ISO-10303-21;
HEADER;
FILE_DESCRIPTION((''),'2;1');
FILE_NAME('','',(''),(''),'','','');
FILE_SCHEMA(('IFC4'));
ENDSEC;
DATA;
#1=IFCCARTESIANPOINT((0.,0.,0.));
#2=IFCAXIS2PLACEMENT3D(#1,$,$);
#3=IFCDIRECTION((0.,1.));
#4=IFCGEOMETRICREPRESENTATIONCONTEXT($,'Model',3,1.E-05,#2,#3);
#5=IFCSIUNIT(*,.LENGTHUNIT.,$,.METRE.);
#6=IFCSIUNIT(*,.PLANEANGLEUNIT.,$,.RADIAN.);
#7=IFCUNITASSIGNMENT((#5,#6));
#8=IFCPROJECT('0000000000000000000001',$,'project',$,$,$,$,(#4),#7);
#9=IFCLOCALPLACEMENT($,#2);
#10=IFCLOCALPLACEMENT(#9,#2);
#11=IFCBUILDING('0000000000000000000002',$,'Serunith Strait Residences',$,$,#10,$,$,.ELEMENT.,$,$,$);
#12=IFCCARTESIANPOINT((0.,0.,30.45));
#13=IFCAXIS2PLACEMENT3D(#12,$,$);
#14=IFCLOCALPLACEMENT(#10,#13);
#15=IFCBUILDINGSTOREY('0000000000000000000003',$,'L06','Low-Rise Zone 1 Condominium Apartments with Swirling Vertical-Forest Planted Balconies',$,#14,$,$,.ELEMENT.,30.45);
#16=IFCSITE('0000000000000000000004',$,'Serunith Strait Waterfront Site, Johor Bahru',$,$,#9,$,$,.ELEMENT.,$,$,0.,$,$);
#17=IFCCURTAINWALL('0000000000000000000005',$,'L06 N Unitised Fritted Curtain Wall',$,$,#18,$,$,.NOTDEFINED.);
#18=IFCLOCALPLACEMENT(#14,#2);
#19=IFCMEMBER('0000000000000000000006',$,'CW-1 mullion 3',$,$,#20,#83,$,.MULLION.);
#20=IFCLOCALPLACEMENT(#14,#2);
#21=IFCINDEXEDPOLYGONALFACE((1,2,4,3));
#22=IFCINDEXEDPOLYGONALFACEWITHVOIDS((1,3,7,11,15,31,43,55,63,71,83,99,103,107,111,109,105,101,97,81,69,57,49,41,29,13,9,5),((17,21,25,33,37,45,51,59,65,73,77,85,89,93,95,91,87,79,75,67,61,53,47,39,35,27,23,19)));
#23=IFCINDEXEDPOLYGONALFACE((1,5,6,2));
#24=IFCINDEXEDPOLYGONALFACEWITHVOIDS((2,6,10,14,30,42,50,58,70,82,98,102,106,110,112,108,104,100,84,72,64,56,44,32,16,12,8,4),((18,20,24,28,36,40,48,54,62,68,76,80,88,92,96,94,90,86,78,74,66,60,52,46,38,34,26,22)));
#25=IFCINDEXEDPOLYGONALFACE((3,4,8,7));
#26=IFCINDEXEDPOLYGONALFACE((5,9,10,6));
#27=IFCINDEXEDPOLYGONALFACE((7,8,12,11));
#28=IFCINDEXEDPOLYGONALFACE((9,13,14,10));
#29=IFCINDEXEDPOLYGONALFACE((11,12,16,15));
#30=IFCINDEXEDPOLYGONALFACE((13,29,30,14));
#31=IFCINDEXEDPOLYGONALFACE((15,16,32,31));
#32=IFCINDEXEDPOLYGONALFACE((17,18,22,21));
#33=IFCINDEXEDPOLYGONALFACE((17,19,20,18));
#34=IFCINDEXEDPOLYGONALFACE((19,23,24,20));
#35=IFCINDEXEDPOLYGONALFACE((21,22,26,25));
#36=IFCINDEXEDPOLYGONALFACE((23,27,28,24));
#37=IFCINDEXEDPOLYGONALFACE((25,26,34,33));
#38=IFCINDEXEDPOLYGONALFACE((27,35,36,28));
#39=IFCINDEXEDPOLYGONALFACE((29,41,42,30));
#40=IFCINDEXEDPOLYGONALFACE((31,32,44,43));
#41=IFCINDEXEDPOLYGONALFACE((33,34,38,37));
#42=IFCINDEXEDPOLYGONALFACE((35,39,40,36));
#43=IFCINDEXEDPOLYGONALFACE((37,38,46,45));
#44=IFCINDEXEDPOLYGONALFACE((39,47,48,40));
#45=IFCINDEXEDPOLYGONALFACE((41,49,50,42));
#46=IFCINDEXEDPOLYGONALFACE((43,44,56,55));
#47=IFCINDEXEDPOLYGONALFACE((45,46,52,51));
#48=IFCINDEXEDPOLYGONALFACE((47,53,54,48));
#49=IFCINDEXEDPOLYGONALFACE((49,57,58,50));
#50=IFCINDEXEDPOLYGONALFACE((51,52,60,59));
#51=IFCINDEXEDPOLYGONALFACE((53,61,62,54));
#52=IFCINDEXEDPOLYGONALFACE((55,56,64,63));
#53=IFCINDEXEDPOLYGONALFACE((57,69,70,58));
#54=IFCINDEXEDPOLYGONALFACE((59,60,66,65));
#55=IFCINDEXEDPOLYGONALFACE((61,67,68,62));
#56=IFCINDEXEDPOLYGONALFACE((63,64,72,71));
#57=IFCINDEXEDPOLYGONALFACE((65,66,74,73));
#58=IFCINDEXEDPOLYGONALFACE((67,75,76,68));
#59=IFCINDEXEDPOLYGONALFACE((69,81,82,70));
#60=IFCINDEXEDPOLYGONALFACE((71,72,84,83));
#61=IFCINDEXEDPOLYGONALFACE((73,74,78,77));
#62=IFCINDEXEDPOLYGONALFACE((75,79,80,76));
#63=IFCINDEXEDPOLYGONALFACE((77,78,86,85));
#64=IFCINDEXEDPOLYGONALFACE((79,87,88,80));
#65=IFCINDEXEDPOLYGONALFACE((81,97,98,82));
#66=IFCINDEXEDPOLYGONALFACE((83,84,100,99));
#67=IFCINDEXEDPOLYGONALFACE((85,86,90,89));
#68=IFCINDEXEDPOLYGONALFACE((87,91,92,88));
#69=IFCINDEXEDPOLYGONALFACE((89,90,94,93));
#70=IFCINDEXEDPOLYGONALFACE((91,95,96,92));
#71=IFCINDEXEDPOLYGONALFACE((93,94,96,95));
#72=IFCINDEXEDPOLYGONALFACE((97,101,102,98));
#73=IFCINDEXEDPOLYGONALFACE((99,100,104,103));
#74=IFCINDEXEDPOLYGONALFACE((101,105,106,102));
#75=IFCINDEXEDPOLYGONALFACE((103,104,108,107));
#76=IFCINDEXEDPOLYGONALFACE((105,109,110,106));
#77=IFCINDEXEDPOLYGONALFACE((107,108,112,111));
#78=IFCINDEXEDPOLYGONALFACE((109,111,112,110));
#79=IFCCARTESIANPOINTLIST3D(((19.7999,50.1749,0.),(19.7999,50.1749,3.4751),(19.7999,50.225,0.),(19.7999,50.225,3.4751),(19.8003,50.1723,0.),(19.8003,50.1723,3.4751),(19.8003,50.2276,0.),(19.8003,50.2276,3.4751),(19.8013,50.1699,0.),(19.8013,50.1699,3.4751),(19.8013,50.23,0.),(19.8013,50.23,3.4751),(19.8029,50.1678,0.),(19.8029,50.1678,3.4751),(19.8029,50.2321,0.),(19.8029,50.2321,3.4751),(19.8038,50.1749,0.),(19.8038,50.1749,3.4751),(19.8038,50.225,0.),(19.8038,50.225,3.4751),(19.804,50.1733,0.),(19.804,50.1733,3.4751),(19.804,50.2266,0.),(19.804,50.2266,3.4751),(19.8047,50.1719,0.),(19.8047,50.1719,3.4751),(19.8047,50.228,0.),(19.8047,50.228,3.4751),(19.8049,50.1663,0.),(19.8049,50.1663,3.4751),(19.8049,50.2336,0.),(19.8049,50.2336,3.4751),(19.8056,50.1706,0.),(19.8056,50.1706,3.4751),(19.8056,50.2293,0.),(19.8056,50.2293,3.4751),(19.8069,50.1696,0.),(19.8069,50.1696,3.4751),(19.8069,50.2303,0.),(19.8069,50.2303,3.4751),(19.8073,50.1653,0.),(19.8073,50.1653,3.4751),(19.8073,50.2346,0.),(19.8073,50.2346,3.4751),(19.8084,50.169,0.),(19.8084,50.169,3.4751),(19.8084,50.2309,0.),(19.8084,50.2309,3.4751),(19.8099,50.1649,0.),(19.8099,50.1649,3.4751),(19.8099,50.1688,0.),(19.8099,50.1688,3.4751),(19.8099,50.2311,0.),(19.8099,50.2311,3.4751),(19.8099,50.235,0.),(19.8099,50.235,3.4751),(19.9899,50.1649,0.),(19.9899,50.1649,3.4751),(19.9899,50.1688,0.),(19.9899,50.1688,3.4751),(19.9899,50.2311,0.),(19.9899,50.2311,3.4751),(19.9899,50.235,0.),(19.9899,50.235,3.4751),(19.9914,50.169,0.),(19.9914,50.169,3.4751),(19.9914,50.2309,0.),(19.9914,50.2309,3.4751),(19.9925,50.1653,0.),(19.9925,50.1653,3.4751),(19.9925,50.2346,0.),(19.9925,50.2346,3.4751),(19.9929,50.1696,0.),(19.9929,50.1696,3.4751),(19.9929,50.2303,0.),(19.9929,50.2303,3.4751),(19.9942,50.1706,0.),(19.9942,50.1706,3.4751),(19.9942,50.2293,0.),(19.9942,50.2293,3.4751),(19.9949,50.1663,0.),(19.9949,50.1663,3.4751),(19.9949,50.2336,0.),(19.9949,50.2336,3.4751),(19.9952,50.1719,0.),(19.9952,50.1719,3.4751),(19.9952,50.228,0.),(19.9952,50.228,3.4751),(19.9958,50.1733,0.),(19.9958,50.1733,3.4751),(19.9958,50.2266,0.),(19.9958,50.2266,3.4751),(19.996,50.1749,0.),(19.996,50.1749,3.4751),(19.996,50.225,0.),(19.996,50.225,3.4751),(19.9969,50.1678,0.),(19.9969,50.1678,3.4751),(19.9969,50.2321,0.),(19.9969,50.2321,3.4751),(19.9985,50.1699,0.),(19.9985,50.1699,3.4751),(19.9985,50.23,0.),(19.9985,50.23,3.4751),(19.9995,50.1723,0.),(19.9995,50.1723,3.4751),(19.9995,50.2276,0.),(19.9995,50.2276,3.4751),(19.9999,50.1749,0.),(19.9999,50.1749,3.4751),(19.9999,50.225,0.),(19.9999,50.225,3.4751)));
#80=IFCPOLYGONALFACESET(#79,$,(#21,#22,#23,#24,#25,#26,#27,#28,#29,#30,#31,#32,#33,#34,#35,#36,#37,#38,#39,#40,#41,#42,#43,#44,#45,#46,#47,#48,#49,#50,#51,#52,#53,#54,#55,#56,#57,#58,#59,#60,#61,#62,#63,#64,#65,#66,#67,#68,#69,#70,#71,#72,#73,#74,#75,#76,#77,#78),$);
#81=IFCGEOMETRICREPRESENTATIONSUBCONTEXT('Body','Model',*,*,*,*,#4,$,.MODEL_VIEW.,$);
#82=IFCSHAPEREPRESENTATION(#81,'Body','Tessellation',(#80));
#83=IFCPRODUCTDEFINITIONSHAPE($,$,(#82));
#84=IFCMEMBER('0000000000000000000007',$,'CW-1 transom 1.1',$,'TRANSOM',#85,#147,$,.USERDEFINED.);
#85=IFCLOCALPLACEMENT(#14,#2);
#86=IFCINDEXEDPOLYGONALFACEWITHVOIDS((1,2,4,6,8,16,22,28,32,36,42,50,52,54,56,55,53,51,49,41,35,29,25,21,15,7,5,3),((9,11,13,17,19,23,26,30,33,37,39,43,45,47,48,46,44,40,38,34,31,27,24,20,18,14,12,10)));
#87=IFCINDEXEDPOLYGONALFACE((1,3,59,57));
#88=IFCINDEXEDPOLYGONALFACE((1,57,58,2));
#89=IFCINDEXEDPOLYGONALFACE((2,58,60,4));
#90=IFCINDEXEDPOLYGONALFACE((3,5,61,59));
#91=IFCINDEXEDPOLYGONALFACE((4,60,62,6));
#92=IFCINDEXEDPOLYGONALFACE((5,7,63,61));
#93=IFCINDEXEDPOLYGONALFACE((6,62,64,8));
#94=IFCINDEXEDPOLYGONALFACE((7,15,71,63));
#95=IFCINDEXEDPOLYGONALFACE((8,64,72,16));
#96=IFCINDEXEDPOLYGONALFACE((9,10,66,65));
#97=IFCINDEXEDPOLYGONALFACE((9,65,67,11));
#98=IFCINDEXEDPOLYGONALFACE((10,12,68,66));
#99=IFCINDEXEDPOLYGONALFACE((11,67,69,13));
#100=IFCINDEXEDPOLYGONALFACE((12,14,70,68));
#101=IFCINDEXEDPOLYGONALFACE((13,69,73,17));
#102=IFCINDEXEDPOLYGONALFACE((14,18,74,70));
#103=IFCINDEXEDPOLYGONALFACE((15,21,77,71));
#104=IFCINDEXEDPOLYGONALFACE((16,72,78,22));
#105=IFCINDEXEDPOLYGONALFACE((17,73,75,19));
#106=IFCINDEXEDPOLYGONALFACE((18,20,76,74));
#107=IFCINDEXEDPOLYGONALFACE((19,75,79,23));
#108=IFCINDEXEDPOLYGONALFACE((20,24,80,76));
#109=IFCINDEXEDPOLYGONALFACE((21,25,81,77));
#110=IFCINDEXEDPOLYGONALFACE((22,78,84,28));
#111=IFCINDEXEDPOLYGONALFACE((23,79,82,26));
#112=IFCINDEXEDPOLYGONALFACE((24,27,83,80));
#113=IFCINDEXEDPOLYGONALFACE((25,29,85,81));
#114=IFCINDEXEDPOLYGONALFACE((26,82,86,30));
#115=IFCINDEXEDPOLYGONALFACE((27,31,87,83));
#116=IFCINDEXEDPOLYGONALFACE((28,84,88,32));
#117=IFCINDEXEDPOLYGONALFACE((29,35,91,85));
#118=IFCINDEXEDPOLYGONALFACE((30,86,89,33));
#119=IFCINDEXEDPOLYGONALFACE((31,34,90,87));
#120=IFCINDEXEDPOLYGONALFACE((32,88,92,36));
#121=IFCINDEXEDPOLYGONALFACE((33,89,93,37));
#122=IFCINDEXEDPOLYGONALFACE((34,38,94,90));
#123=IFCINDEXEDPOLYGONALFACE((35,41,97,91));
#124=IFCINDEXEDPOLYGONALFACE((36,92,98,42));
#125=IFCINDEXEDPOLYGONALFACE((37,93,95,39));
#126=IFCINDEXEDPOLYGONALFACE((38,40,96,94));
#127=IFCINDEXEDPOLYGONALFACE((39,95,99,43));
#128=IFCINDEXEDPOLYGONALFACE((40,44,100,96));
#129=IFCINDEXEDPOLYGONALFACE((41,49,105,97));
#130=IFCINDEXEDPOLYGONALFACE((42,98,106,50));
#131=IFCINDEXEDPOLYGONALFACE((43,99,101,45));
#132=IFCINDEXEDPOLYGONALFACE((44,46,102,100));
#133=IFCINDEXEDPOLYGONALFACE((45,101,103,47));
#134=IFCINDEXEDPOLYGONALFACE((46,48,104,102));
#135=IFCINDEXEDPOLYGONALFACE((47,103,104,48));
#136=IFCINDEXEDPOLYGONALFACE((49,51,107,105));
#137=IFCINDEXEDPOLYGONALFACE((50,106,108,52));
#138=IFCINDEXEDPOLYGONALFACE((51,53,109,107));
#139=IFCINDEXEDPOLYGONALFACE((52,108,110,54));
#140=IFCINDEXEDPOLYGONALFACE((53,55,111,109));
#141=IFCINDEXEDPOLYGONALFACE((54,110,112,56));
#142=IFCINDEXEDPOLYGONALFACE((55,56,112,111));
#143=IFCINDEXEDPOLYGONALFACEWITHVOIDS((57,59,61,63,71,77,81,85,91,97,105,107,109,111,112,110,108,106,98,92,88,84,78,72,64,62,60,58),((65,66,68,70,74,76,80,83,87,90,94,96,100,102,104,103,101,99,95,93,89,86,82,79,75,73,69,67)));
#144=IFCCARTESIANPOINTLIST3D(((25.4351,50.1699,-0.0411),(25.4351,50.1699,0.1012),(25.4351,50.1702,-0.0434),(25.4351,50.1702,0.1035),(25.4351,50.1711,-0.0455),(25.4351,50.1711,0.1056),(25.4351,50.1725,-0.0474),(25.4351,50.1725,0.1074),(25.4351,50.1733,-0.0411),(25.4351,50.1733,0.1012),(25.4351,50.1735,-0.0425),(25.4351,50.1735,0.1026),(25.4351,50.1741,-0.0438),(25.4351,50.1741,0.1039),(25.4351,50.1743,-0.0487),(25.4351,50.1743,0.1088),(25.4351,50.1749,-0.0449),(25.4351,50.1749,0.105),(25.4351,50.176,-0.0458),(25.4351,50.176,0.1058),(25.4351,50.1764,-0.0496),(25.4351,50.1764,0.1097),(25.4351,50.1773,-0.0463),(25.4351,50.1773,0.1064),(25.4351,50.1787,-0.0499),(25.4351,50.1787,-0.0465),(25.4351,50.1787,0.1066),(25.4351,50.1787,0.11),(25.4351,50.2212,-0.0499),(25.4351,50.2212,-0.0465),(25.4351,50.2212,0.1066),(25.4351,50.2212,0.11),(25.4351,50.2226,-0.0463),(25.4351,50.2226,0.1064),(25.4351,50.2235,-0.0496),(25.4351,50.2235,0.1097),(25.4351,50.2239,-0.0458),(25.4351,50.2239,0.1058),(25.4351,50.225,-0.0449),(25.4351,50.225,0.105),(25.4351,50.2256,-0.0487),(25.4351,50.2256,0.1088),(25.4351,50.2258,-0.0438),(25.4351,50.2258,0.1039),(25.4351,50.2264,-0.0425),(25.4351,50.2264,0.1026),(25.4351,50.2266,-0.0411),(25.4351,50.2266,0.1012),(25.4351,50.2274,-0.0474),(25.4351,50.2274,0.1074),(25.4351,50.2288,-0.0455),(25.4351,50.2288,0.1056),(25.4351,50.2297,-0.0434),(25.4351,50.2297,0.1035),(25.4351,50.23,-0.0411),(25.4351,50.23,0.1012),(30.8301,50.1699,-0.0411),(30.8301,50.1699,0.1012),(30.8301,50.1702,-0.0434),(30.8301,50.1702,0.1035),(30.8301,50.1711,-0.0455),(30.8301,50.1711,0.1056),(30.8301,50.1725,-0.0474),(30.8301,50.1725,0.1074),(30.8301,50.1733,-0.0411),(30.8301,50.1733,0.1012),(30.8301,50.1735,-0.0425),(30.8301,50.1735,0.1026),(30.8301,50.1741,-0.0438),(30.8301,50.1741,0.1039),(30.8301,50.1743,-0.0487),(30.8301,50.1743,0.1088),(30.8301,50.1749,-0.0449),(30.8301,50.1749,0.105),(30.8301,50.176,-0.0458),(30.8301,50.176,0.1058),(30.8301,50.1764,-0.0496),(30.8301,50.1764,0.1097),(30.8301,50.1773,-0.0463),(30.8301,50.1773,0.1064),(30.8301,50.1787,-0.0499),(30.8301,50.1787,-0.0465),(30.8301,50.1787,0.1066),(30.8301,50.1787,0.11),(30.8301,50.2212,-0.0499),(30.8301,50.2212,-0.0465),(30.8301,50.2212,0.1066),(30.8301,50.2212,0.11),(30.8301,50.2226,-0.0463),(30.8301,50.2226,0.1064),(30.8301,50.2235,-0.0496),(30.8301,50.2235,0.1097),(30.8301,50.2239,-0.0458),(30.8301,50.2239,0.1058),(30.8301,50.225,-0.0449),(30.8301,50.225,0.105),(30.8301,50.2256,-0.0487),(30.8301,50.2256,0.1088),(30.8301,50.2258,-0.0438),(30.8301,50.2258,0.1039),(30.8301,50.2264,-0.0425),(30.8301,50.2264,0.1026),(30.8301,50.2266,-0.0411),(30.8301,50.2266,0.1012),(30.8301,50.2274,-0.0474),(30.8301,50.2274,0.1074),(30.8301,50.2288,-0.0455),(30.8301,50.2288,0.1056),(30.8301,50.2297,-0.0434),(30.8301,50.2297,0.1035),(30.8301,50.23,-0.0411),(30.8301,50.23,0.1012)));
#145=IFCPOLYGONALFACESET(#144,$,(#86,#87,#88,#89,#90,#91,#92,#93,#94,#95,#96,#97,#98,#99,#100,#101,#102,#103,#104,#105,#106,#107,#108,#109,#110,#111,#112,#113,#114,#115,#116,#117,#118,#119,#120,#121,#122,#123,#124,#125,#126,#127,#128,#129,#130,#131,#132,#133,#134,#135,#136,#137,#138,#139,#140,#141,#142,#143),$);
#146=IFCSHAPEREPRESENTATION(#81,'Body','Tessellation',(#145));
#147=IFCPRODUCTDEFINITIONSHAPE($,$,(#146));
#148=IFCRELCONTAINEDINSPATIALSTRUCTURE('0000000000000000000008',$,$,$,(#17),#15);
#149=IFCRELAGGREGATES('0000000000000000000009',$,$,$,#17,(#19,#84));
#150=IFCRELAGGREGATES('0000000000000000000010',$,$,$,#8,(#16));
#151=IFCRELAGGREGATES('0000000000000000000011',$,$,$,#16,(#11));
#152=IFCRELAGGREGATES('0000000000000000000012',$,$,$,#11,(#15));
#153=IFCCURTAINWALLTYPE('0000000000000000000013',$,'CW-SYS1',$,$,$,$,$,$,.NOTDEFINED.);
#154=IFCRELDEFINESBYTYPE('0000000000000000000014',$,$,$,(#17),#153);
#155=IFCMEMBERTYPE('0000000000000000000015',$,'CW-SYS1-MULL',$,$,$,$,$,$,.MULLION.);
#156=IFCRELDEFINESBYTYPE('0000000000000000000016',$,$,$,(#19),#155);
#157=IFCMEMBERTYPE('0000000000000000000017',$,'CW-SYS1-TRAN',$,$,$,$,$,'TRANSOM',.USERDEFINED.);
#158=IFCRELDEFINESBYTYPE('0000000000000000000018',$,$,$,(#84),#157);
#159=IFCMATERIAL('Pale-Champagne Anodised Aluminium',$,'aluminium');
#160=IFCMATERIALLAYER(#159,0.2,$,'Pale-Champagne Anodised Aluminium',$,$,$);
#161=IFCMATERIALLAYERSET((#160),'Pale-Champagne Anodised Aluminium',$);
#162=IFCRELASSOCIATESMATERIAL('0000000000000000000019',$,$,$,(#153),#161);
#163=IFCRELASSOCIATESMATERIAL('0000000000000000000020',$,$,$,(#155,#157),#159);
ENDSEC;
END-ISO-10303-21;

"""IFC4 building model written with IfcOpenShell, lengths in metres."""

from ifc_helpers import new_model, si_unit, direction, frame, origin, origin_2d, place, context, subcontext, project, spatial, hollow_rectangle, extrude, source, transform, mapped, material, layer, layer_set, material_profile, profile_set, type_object, element, aggregate, save


model = new_model("IFC4")

# Units and contexts
model_context = context("Model", 3, precision=1e-05, world=origin(), true_north=direction((0.0, 1.0)))
body_context = subcontext(model_context, "Body", "Model", "MODEL_VIEW")
ifc_project = project(units=[si_unit("LENGTHUNIT", "METRE"), si_unit("PLANEANGLEUNIT", "RADIAN")], contexts=[model_context])

# Site, building, storey
site_placement = place(None, origin())
site = spatial("IfcSite", under=ifc_project, at=site_placement, Name="Serunith Strait Waterfront Site, Johor Bahru", CompositionType="ELEMENT", RefElevation=0.0)
building_placement = place(site_placement, origin())
building = spatial("IfcBuilding", under=site, at=building_placement, Name="Serunith Strait Residences", CompositionType="ELEMENT")
storey_placement = place(building_placement, frame((0.0, 0.0, 30.45)))
storey = spatial("IfcBuildingStorey", under=building, at=storey_placement, Name="L06", Description="Low-Rise Zone 1 Condominium Apartments with Swirling Vertical-Forest Planted Balconies", CompositionType="ELEMENT", Elevation=30.45)

# Curtain wall, members
ifc_material_1 = material(Name="Pale-Champagne Anodised Aluminium", Category="aluminium")
ifc_layer_1 = layer(ifc_material_1, 0.2, Name="Pale-Champagne Anodised Aluminium")
ifc_layer_set_1 = layer_set([ifc_layer_1], Name="Pale-Champagne Anodised Aluminium")
curtain_wall_type = type_object("IfcCurtainWallType", Name="CW-SYS1", PredefinedType="NOTDEFINED", material=ifc_layer_set_1)
curtain_wall_placement = place(storey_placement, origin())
curtain_wall = element("IfcCurtainWall", 1, at=curtain_wall_placement, inside=storey, type_object=curtain_wall_type, Name="L06 N Unitised Fritted Curtain Wall", PredefinedType="NOTDEFINED")
ifc_material_profile_1 = material_profile(ifc_material_1, hollow_rectangle(XDim=0.0701, YDim=0.2, WallThickness=0.0039, InnerFilletRadius=0.0061, OuterFilletRadius=0.01, at=origin_2d()), Name="ALU 200x70x4")
ifc_profile_set_1 = profile_set([ifc_material_profile_1], Name="Pale-Champagne Anodised Aluminium")
member_type_1 = type_object("IfcMemberType", Name="CW-SYS1-MULL", PredefinedType="MULLION", material=ifc_profile_set_1)
shared_shape_1 = source(origin(), body_context, "Body", "SweptSolid", [
    extrude(hollow_rectangle(XDim=0.0701, YDim=0.2, WallThickness=0.0039, InnerFilletRadius=0.0061, OuterFilletRadius=0.01, at=origin_2d()), origin(), (0.0, 0.0, 1.0), 3.4751),
])
member_1_placement = place(storey_placement, frame((19.8999, 50.2, 0.0), z_axis=(0.0, 0.0, 1.0), x_axis=(0.0, -1.0, 0.0)))
member_1 = element("IfcMember", 2, at=member_1_placement, type_object=member_type_1, Name="CW-1 mullion 3", PredefinedType="MULLION", context=body_context, shape_type="MappedRepresentation", body=[
    mapped(shared_shape_1, transform((0.0, 0.0, 0.0), scale=1.0)),
])
ifc_material_profile_2 = material_profile(ifc_material_1, hollow_rectangle(XDim=0.0601, YDim=0.1599, WallThickness=0.0034, InnerFilletRadius=0.0054, OuterFilletRadius=0.0088, at=origin_2d()), Name="ALU 160x60x3.5")
ifc_profile_set_2 = profile_set([ifc_material_profile_2], Name="Pale-Champagne Anodised Aluminium")
member_type_2 = type_object("IfcMemberType", Name="CW-SYS1-TRAN", ElementType="TRANSOM", PredefinedType="USERDEFINED", material=ifc_profile_set_2)
shared_shape_2 = source(origin(), body_context, "Body", "SweptSolid", [
    extrude(hollow_rectangle(XDim=0.0601, YDim=0.1599, WallThickness=0.0034, InnerFilletRadius=0.0054, OuterFilletRadius=0.0088, at=origin_2d()), origin(), (0.0, 0.0, 1.0), 5.395),
])
member_2_placement = place(storey_placement, frame((30.8301, 50.2, 0.03), z_axis=(-1.0, 0.0, 0.0), x_axis=(0.0, -1.0, 0.0)))
member_2 = element("IfcMember", 3, at=member_2_placement, type_object=member_type_2, Name="CW-1 transom 1.1", ObjectType="TRANSOM", PredefinedType="USERDEFINED", context=body_context, shape_type="MappedRepresentation", body=[
    mapped(shared_shape_2, transform((0.0, 0.0, 0.0), scale=1.0)),
])
aggregate(curtain_wall, [member_1, member_2])

save(model, "model.ifc")
